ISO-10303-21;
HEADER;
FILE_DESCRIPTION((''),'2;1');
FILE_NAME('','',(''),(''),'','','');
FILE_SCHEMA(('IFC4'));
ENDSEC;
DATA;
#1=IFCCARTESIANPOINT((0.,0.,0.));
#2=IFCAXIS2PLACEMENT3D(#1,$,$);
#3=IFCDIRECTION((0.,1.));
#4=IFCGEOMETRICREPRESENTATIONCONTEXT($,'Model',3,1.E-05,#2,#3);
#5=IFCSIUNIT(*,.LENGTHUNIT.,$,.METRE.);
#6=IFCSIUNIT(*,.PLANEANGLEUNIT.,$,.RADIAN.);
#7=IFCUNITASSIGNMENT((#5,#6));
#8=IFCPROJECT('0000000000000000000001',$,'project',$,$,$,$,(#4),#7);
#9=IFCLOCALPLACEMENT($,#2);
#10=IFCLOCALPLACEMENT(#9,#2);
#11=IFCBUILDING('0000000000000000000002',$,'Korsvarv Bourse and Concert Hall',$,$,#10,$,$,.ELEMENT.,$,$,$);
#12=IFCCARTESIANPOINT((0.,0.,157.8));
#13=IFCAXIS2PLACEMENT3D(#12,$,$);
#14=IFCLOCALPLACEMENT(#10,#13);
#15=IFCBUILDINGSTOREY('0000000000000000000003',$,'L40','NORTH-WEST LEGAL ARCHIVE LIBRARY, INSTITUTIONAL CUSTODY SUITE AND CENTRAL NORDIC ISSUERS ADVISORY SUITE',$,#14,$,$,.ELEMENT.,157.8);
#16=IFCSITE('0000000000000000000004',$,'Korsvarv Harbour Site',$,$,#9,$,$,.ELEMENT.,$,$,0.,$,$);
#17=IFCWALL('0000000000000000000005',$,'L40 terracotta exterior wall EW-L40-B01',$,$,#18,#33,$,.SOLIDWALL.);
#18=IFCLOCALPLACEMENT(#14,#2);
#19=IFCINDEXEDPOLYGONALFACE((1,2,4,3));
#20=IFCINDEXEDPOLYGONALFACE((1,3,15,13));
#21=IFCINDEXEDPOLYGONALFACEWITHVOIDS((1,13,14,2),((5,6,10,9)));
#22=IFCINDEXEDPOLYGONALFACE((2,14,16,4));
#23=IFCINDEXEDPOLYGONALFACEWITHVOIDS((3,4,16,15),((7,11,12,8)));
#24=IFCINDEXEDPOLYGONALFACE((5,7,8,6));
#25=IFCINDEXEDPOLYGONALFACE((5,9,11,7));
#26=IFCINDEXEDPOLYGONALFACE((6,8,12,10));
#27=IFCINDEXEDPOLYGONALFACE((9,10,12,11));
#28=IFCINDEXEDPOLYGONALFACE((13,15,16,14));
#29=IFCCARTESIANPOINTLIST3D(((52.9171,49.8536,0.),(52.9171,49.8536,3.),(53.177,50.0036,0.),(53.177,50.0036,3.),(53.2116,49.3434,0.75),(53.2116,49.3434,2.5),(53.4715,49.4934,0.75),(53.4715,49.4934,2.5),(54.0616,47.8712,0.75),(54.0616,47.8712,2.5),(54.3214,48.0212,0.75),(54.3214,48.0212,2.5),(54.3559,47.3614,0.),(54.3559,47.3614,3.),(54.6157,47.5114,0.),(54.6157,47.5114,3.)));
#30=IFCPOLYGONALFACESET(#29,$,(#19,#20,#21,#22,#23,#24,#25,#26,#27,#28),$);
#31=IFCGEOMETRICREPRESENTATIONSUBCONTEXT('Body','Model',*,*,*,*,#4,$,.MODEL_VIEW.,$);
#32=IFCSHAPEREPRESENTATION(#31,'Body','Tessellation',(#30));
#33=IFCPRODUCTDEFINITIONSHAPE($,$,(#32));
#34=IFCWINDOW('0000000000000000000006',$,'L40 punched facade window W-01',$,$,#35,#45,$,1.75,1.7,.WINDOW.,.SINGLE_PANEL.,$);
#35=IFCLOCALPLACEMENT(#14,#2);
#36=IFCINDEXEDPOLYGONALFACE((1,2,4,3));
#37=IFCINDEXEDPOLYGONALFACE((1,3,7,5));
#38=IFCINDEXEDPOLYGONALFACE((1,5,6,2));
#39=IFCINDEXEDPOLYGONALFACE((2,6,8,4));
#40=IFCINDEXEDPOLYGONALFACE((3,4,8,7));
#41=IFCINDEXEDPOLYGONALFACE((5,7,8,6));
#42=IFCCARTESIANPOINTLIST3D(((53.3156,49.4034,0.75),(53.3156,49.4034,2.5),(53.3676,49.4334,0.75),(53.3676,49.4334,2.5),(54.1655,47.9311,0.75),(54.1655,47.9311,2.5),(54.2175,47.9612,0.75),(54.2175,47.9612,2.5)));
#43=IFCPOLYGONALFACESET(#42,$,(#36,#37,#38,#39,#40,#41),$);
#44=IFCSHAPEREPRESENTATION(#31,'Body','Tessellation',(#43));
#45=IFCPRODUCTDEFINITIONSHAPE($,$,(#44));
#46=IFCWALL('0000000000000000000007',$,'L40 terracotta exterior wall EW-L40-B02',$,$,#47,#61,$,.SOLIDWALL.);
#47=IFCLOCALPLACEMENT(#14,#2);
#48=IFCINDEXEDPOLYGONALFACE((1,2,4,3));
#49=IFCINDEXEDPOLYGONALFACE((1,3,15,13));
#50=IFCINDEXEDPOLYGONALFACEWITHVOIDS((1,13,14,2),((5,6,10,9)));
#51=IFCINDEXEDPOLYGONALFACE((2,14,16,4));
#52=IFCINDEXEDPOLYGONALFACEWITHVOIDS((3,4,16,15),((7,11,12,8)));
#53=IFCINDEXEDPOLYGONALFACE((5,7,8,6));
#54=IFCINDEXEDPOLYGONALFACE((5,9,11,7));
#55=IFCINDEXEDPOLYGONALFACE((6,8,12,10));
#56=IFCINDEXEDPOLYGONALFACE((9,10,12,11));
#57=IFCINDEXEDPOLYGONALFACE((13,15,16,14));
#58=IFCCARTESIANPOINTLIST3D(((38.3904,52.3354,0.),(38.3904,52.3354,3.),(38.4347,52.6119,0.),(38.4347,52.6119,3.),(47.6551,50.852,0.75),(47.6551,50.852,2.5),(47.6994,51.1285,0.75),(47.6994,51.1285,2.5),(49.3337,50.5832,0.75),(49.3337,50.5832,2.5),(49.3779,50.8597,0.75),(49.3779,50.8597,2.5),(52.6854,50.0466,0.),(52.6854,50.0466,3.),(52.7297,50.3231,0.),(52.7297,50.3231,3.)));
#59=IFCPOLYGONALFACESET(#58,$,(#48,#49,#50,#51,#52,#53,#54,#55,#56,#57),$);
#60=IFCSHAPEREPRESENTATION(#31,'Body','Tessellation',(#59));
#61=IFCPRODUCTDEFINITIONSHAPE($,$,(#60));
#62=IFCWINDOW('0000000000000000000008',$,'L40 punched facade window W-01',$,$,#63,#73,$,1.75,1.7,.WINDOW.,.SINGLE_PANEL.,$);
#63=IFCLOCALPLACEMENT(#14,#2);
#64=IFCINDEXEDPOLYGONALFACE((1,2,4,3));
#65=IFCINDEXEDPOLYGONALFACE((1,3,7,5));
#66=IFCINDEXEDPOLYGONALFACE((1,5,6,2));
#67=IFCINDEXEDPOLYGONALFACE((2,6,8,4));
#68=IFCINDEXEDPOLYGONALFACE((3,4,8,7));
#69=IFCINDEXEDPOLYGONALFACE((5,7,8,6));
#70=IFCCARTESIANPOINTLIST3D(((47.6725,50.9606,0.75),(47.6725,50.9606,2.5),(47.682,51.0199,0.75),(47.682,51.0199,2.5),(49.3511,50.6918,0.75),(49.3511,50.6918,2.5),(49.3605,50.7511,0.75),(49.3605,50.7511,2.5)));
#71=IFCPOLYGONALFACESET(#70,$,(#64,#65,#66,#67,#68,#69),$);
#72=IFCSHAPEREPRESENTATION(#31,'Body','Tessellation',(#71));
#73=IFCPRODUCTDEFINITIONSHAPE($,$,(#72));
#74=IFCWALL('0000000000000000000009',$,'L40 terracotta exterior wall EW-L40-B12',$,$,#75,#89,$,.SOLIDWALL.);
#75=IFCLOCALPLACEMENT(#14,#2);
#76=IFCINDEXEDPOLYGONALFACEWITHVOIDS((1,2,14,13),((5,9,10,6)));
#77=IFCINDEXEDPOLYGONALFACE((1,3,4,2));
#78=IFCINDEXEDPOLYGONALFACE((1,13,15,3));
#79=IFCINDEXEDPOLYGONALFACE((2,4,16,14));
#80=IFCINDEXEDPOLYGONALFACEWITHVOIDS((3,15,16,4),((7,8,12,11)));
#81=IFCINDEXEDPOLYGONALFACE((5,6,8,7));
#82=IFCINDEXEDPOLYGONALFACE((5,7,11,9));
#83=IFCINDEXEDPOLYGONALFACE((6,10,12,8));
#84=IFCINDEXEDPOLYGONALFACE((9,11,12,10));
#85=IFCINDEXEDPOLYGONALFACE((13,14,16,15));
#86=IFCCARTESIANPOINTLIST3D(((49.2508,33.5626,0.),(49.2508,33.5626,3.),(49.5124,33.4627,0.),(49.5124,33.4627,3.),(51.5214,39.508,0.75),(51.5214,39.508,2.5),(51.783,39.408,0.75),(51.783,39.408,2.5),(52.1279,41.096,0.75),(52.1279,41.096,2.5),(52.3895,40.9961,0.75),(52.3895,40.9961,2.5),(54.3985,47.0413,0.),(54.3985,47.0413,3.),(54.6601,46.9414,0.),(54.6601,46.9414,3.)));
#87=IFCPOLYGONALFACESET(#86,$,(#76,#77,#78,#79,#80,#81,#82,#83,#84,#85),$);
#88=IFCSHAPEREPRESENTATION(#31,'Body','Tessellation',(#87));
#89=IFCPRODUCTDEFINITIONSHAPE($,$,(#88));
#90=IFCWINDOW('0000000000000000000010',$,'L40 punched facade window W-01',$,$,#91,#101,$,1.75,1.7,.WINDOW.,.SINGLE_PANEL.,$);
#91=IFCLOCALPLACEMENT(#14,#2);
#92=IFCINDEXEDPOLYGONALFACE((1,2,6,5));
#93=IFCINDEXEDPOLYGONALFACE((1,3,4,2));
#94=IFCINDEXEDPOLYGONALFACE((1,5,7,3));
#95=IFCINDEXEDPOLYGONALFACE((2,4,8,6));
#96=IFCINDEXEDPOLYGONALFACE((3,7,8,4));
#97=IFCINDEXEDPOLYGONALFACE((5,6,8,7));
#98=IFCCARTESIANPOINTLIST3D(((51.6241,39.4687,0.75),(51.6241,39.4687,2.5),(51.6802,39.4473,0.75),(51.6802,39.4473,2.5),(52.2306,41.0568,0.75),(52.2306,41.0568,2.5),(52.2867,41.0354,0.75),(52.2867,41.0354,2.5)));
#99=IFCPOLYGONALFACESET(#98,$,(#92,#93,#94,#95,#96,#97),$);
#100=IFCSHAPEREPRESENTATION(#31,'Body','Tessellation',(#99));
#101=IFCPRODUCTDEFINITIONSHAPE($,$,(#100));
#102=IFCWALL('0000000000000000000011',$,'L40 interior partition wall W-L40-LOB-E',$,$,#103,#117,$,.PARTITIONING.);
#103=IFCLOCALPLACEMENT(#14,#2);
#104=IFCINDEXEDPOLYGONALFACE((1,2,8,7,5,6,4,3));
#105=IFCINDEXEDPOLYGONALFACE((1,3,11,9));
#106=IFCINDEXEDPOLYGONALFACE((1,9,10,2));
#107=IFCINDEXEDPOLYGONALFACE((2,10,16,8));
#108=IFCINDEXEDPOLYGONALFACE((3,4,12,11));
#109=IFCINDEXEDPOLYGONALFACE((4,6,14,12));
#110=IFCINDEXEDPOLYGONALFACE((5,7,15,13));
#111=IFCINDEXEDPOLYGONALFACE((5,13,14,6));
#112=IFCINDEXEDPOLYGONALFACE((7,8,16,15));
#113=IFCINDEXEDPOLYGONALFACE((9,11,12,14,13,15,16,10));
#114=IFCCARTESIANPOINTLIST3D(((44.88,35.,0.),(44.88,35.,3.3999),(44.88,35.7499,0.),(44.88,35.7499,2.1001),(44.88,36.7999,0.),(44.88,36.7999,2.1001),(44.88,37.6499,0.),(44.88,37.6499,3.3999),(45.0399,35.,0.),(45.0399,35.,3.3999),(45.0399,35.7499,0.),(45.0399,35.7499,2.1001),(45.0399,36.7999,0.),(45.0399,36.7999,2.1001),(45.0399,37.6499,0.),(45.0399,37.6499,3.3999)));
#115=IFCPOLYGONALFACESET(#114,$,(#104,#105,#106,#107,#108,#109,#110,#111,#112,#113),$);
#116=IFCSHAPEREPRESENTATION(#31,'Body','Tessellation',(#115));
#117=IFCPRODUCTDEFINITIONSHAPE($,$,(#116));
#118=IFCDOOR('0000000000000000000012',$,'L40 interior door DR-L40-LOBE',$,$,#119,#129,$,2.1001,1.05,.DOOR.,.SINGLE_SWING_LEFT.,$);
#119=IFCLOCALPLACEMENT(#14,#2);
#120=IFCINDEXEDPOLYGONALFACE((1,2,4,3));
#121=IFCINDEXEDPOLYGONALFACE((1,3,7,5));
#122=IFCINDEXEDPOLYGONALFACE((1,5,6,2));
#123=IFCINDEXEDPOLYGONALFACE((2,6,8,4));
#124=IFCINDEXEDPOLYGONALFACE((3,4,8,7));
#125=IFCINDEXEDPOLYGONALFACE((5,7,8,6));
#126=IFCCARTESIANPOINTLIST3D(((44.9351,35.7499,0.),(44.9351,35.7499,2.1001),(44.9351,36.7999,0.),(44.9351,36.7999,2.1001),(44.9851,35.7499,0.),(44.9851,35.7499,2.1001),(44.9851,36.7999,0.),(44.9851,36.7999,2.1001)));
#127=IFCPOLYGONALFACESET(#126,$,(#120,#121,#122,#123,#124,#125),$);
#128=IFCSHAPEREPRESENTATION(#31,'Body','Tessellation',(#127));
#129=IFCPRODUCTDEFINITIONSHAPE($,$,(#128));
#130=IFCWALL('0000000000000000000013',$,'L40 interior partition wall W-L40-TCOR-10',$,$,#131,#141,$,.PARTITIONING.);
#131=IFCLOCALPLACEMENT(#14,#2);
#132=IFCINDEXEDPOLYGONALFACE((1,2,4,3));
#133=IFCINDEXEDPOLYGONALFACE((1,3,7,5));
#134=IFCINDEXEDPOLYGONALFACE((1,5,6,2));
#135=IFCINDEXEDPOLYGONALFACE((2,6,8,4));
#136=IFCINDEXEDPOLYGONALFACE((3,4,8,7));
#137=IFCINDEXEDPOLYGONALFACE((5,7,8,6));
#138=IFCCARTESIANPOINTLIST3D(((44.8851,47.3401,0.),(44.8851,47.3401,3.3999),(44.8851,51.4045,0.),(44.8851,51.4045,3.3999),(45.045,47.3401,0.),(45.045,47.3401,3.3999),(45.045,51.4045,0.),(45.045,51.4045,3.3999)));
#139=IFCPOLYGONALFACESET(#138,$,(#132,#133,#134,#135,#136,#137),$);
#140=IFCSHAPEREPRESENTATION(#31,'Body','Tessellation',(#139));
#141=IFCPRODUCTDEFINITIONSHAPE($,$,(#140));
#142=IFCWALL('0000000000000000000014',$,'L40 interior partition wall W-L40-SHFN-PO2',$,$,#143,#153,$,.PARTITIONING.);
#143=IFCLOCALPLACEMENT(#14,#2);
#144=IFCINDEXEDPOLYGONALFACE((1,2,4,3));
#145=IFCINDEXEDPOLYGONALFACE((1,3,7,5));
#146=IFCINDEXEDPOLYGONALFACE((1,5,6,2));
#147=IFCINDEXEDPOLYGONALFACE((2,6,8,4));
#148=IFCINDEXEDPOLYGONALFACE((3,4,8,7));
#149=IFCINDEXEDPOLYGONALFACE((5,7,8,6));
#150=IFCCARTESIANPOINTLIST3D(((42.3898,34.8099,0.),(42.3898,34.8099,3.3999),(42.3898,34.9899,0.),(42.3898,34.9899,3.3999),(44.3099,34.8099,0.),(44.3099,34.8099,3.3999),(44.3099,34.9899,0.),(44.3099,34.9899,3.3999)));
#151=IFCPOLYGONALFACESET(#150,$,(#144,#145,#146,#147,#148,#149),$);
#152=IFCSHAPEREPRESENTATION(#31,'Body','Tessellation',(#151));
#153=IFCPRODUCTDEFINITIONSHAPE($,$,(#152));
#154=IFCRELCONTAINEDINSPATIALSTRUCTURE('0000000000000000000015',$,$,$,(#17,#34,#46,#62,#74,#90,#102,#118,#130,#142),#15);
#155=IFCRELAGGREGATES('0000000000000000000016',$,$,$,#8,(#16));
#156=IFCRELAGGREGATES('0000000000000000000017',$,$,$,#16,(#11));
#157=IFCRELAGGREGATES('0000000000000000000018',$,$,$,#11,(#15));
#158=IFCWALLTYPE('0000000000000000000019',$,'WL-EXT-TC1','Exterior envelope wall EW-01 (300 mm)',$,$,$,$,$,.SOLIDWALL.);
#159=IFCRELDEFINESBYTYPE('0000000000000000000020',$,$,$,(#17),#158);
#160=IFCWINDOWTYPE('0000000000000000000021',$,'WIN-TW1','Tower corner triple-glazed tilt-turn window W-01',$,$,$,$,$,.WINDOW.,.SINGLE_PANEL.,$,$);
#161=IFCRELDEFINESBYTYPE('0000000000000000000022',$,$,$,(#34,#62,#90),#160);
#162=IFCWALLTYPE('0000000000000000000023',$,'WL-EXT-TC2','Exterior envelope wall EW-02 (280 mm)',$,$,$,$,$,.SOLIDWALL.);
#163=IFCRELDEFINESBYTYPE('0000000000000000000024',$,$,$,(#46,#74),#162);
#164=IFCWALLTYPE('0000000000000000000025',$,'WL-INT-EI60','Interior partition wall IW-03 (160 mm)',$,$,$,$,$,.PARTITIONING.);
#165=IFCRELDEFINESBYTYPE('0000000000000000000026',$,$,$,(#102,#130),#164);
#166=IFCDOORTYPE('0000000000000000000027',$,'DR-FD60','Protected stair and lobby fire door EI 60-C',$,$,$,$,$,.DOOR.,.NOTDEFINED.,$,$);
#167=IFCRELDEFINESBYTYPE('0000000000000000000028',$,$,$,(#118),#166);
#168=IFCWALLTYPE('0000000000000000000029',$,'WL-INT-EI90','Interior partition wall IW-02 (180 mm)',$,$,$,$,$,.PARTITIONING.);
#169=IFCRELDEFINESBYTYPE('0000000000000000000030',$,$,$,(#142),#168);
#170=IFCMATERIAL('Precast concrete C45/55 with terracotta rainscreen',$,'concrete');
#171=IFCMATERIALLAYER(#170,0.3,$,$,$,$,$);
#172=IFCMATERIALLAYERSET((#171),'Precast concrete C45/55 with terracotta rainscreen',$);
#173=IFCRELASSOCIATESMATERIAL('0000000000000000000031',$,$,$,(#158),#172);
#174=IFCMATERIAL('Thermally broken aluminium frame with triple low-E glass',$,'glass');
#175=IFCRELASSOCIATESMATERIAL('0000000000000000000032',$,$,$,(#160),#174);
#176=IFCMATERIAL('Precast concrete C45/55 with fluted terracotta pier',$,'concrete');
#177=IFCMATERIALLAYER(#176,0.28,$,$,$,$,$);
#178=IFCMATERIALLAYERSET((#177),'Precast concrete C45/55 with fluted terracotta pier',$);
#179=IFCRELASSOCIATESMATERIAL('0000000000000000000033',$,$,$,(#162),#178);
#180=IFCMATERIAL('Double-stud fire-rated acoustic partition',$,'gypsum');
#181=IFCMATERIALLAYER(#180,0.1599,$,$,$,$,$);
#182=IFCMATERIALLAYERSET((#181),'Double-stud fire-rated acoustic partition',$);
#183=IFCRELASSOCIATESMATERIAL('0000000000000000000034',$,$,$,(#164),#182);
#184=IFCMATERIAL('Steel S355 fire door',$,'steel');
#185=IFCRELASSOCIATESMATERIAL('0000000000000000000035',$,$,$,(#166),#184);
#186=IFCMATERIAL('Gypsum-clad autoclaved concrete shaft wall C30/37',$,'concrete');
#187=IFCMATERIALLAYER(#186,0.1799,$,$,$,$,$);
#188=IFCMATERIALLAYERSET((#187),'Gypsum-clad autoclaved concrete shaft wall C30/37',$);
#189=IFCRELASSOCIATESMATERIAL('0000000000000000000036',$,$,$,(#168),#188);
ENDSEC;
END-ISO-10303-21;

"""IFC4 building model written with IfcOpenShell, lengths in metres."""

from ifc_helpers import new_model, si_unit, direction, frame, frame_2d, origin, place, context, subcontext, project, spatial, rectangle, extrude, material, layer, layer_set, type_object, element, fill, save


model = new_model("IFC4")

# Units and contexts
model_context = context("Model", 3, precision=1e-05, world=origin(), true_north=direction((0.0, 1.0)))
body_context = subcontext(model_context, "Body", "Model", "MODEL_VIEW")
ifc_project = project(units=[si_unit("LENGTHUNIT", "METRE"), si_unit("PLANEANGLEUNIT", "RADIAN")], contexts=[model_context])

# Site, building, storey
site_placement = place(None, origin())
site = spatial("IfcSite", under=ifc_project, at=site_placement, Name="Korsvarv Harbour Site", CompositionType="ELEMENT", RefElevation=0.0)
building_placement = place(site_placement, origin())
building = spatial("IfcBuilding", under=site, at=building_placement, Name="Korsvarv Bourse and Concert Hall", CompositionType="ELEMENT")
storey_placement = place(building_placement, frame((0.0, 0.0, 157.8)))
storey = spatial("IfcBuildingStorey", under=building, at=storey_placement, Name="L40", Description="NORTH-WEST LEGAL ARCHIVE LIBRARY, INSTITUTIONAL CUSTODY SUITE AND CENTRAL NORDIC ISSUERS ADVISORY SUITE", CompositionType="ELEMENT", Elevation=157.8)

# Walls, openings, windows
ifc_material_1 = material(Name="Precast concrete C45/55 with terracotta rainscreen", Category="concrete")
ifc_layer_1 = layer(ifc_material_1, 0.3)
ifc_layer_set_1 = layer_set([ifc_layer_1], Name="Precast concrete C45/55 with terracotta rainscreen")
wall_type_1 = type_object("IfcWallType", Name="WL-EXT-TC1", Description="Exterior envelope wall EW-01 (300 mm)", PredefinedType="SOLIDWALL", material=ifc_layer_set_1)
wall_1_placement = place(storey_placement, frame((54.4858, 47.4363, 0.0), z_axis=(0.0, 0.0, 1.0), x_axis=(-0.499962, 0.866047, 0.0)))
wall_1 = element("IfcWall", 1, at=wall_1_placement, inside=storey, type_object=wall_type_1, Name="L40 terracotta exterior wall EW-L40-B01", PredefinedType="SOLIDWALL", context=body_context, shape_type="SweptSolid", body=[
    extrude(rectangle(XDim=2.8777, YDim=0.3, at=frame_2d((1.439, 0.0))), origin(), (0.0, 0.0, 1.0), 3.0),
])
opening_1_placement = place(wall_1_placement, frame((0.5886, 0.0, 0.75)))
opening_1 = element("IfcOpeningElement", 2, at=opening_1_placement, cuts=wall_1, PredefinedType="OPENING", context=body_context, shape_type="SweptSolid", body=[
    extrude(rectangle(XDim=1.7, YDim=1.75, at=frame_2d((0.8501, 0.875))), frame((0.0, 0.1602, 0.0), z_axis=(0.0, -1.0, 0.0), x_axis=(1.0, 0.0, 0.0)), (0.0, 0.0, 1.0), 0.3201),
])
ifc_material_2 = material(Name="Thermally broken aluminium frame with triple low-E glass", Category="glass")
window_type = type_object("IfcWindowType", Name="WIN-TW1", Description="Tower corner triple-glazed tilt-turn window W-01", PartitioningType="SINGLE_PANEL", PredefinedType="WINDOW", material=ifc_material_2)
window_1_placement = place(opening_1_placement, origin())
window_1 = element("IfcWindow", 3, at=window_1_placement, inside=storey, type_object=window_type, Name="L40 punched facade window W-01", OverallHeight=1.75, OverallWidth=1.7, PartitioningType="SINGLE_PANEL", PredefinedType="WINDOW", context=body_context, shape_type="SweptSolid", body=[
    extrude(rectangle(XDim=1.7, YDim=1.75, at=frame_2d((0.8501, 0.875))), frame((0.0, 0.03, 0.0), z_axis=(0.0, -1.0, 0.0), x_axis=(1.0, 0.0, 0.0)), (0.0, 0.0, 1.0), 0.0601),
])
fill(opening_1, window_1)
ifc_material_3 = material(Name="Precast concrete C45/55 with fluted terracotta pier", Category="concrete")
ifc_layer_2 = layer(ifc_material_3, 0.28)
ifc_layer_set_2 = layer_set([ifc_layer_2], Name="Precast concrete C45/55 with fluted terracotta pier")
wall_type_2 = type_object("IfcWallType", Name="WL-EXT-TC2", Description="Exterior envelope wall EW-02 (280 mm)", PredefinedType="SOLIDWALL", material=ifc_layer_set_2)
wall_2_placement = place(storey_placement, frame((52.7075, 50.1848, 0.0), z_axis=(0.0, 0.0, 1.0), x_axis=(-0.987423, 0.1581, 0.0)))
wall_2 = element("IfcWall", 4, at=wall_2_placement, inside=storey, type_object=wall_type_2, Name="L40 terracotta exterior wall EW-L40-B02", PredefinedType="SOLIDWALL", context=body_context, shape_type="SweptSolid", body=[
    extrude(rectangle(XDim=14.4771, YDim=0.28, at=frame_2d((7.2385, 0.0))), origin(), (0.0, 0.0, 1.0), 3.0),
])
opening_2_placement = place(wall_2_placement, frame((3.3943, 0.0, 0.75)))
opening_2 = element("IfcOpeningElement", 5, at=opening_2_placement, cuts=wall_2, PredefinedType="OPENING", context=body_context, shape_type="SweptSolid", body=[
    extrude(rectangle(XDim=1.7, YDim=1.75, at=frame_2d((0.8501, 0.875))), frame((0.0, 0.1499, 0.0), z_axis=(0.0, -1.0, 0.0), x_axis=(1.0, 0.0, 0.0)), (0.0, 0.0, 1.0), 0.3),
])
window_2_placement = place(opening_2_placement, origin())
window_2 = element("IfcWindow", 6, at=window_2_placement, inside=storey, type_object=window_type, Name="L40 punched facade window W-01", OverallHeight=1.75, OverallWidth=1.7, PartitioningType="SINGLE_PANEL", PredefinedType="WINDOW", context=body_context, shape_type="SweptSolid", body=[
    extrude(rectangle(XDim=1.7, YDim=1.75, at=frame_2d((0.8501, 0.875))), frame((0.0, 0.03, 0.0), z_axis=(0.0, -1.0, 0.0), x_axis=(1.0, 0.0, 0.0)), (0.0, 0.0, 1.0), 0.0601),
])
fill(opening_2, window_2)
wall_3_placement = place(storey_placement, frame((49.3816, 33.5127, 0.0), z_axis=(0.0, 0.0, 1.0), x_axis=(0.356778, 0.934189, 0.0)))
wall_3 = element("IfcWall", 7, at=wall_3_placement, inside=storey, type_object=wall_type_2, Name="L40 terracotta exterior wall EW-L40-B12", PredefinedType="SOLIDWALL", context=body_context, shape_type="SweptSolid", body=[
    extrude(rectangle(XDim=14.4282, YDim=0.28, at=frame_2d((7.2141, 0.0))), origin(), (0.0, 0.0, 1.0), 3.0),
])
opening_3_placement = place(wall_3_placement, frame((6.364, 0.0, 0.75)))
opening_3 = element("IfcOpeningElement", 8, at=opening_3_placement, cuts=wall_3, PredefinedType="OPENING", context=body_context, shape_type="SweptSolid", body=[
    extrude(rectangle(XDim=1.7, YDim=1.75, at=frame_2d((0.8501, 0.875))), frame((0.0, 0.1499, 0.0), z_axis=(0.0, -1.0, 0.0), x_axis=(1.0, 0.0, 0.0)), (0.0, 0.0, 1.0), 0.3),
])
window_3_placement = place(opening_3_placement, origin())
window_3 = element("IfcWindow", 9, at=window_3_placement, inside=storey, type_object=window_type, Name="L40 punched facade window W-01", OverallHeight=1.75, OverallWidth=1.7, PartitioningType="SINGLE_PANEL", PredefinedType="WINDOW", context=body_context, shape_type="SweptSolid", body=[
    extrude(rectangle(XDim=1.7, YDim=1.75, at=frame_2d((0.8501, 0.875))), frame((0.0, 0.03, 0.0), z_axis=(0.0, -1.0, 0.0), x_axis=(1.0, 0.0, 0.0)), (0.0, 0.0, 1.0), 0.0601),
])
fill(opening_3, window_3)

# Wall, opening, door
ifc_material_4 = material(Name="Double-stud fire-rated acoustic partition", Category="gypsum")
ifc_layer_3 = layer(ifc_material_4, 0.1599)
ifc_layer_set_3 = layer_set([ifc_layer_3], Name="Double-stud fire-rated acoustic partition")
wall_type_3 = type_object("IfcWallType", Name="WL-INT-EI60", Description="Interior partition wall IW-03 (160 mm)", PredefinedType="PARTITIONING", material=ifc_layer_set_3)
wall_4_placement = place(storey_placement, frame((44.96, 35.0, 0.0), z_axis=(0.0, 0.0, 1.0), x_axis=(0.0, 1.0, 0.0)))
wall_4 = element("IfcWall", 10, at=wall_4_placement, inside=storey, type_object=wall_type_3, Name="L40 interior partition wall W-L40-LOB-E", PredefinedType="PARTITIONING", context=body_context, shape_type="SweptSolid", body=[
    extrude(rectangle(XDim=2.6499, YDim=0.1599, at=frame_2d((1.325, 0.0))), origin(), (0.0, 0.0, 1.0), 3.3999),
])
opening_4_placement = place(wall_4_placement, frame((0.75, 0.0, 0.0)))
opening_4 = element("IfcOpeningElement", 11, at=opening_4_placement, cuts=wall_4, PredefinedType="OPENING", context=body_context, shape_type="SweptSolid", body=[
    extrude(rectangle(XDim=1.05, YDim=2.1001, at=frame_2d((0.5249, 1.05))), frame((0.0, 0.0898, 0.0), z_axis=(0.0, -1.0, 0.0), x_axis=(1.0, 0.0, 0.0)), (0.0, 0.0, 1.0), 0.1799),
])
ifc_material_5 = material(Name="Steel S355 fire door", Category="steel")
door_type = type_object("IfcDoorType", Name="DR-FD60", Description="Protected stair and lobby fire door EI 60-C", OperationType="NOTDEFINED", PredefinedType="DOOR", material=ifc_material_5)
door_placement = place(opening_4_placement, origin())
door = element("IfcDoor", 12, at=door_placement, inside=storey, type_object=door_type, Name="L40 interior door DR-L40-LOBE", OperationType="SINGLE_SWING_LEFT", OverallHeight=2.1001, OverallWidth=1.05, PredefinedType="DOOR", context=body_context, shape_type="SweptSolid", body=[
    extrude(rectangle(XDim=1.05, YDim=2.1001, at=frame_2d((0.5249, 1.05))), frame((0.0, 0.0249, 0.0), z_axis=(0.0, -1.0, 0.0), x_axis=(1.0, 0.0, 0.0)), (0.0, 0.0, 1.0), 0.05),
])
fill(opening_4, door)

# Walls
wall_5_placement = place(storey_placement, frame((44.9651, 47.3401, 0.0), z_axis=(0.0, 0.0, 1.0), x_axis=(0.0, 1.0, 0.0)))
element("IfcWall", 13, at=wall_5_placement, inside=storey, type_object=wall_type_3, Name="L40 interior partition wall W-L40-TCOR-10", PredefinedType="PARTITIONING", context=body_context, shape_type="SweptSolid", body=[
    extrude(rectangle(XDim=4.0645, YDim=0.1599, at=frame_2d((2.0322, 0.0))), origin(), (0.0, 0.0, 1.0), 3.3999),
])
ifc_material_6 = material(Name="Gypsum-clad autoclaved concrete shaft wall C30/37", Category="concrete")
ifc_layer_4 = layer(ifc_material_6, 0.1799)
ifc_layer_set_4 = layer_set([ifc_layer_4], Name="Gypsum-clad autoclaved concrete shaft wall C30/37")
wall_type_4 = type_object("IfcWallType", Name="WL-INT-EI90", Description="Interior partition wall IW-02 (180 mm)", PredefinedType="PARTITIONING", material=ifc_layer_set_4)
wall_6_placement = place(storey_placement, frame((42.3899, 34.8999, 0.0), z_axis=(0.0, 0.0, 1.0), x_axis=(1.0, 0.0, 0.0)))
element("IfcWall", 14, at=wall_6_placement, inside=storey, type_object=wall_type_4, Name="L40 interior partition wall W-L40-SHFN-PO2", PredefinedType="PARTITIONING", context=body_context, shape_type="SweptSolid", body=[
    extrude(rectangle(XDim=1.9202, YDim=0.1799, at=frame_2d((0.96, 0.0))), origin(), (0.0, 0.0, 1.0), 3.3999),
])

save(model, "model.ifc")
